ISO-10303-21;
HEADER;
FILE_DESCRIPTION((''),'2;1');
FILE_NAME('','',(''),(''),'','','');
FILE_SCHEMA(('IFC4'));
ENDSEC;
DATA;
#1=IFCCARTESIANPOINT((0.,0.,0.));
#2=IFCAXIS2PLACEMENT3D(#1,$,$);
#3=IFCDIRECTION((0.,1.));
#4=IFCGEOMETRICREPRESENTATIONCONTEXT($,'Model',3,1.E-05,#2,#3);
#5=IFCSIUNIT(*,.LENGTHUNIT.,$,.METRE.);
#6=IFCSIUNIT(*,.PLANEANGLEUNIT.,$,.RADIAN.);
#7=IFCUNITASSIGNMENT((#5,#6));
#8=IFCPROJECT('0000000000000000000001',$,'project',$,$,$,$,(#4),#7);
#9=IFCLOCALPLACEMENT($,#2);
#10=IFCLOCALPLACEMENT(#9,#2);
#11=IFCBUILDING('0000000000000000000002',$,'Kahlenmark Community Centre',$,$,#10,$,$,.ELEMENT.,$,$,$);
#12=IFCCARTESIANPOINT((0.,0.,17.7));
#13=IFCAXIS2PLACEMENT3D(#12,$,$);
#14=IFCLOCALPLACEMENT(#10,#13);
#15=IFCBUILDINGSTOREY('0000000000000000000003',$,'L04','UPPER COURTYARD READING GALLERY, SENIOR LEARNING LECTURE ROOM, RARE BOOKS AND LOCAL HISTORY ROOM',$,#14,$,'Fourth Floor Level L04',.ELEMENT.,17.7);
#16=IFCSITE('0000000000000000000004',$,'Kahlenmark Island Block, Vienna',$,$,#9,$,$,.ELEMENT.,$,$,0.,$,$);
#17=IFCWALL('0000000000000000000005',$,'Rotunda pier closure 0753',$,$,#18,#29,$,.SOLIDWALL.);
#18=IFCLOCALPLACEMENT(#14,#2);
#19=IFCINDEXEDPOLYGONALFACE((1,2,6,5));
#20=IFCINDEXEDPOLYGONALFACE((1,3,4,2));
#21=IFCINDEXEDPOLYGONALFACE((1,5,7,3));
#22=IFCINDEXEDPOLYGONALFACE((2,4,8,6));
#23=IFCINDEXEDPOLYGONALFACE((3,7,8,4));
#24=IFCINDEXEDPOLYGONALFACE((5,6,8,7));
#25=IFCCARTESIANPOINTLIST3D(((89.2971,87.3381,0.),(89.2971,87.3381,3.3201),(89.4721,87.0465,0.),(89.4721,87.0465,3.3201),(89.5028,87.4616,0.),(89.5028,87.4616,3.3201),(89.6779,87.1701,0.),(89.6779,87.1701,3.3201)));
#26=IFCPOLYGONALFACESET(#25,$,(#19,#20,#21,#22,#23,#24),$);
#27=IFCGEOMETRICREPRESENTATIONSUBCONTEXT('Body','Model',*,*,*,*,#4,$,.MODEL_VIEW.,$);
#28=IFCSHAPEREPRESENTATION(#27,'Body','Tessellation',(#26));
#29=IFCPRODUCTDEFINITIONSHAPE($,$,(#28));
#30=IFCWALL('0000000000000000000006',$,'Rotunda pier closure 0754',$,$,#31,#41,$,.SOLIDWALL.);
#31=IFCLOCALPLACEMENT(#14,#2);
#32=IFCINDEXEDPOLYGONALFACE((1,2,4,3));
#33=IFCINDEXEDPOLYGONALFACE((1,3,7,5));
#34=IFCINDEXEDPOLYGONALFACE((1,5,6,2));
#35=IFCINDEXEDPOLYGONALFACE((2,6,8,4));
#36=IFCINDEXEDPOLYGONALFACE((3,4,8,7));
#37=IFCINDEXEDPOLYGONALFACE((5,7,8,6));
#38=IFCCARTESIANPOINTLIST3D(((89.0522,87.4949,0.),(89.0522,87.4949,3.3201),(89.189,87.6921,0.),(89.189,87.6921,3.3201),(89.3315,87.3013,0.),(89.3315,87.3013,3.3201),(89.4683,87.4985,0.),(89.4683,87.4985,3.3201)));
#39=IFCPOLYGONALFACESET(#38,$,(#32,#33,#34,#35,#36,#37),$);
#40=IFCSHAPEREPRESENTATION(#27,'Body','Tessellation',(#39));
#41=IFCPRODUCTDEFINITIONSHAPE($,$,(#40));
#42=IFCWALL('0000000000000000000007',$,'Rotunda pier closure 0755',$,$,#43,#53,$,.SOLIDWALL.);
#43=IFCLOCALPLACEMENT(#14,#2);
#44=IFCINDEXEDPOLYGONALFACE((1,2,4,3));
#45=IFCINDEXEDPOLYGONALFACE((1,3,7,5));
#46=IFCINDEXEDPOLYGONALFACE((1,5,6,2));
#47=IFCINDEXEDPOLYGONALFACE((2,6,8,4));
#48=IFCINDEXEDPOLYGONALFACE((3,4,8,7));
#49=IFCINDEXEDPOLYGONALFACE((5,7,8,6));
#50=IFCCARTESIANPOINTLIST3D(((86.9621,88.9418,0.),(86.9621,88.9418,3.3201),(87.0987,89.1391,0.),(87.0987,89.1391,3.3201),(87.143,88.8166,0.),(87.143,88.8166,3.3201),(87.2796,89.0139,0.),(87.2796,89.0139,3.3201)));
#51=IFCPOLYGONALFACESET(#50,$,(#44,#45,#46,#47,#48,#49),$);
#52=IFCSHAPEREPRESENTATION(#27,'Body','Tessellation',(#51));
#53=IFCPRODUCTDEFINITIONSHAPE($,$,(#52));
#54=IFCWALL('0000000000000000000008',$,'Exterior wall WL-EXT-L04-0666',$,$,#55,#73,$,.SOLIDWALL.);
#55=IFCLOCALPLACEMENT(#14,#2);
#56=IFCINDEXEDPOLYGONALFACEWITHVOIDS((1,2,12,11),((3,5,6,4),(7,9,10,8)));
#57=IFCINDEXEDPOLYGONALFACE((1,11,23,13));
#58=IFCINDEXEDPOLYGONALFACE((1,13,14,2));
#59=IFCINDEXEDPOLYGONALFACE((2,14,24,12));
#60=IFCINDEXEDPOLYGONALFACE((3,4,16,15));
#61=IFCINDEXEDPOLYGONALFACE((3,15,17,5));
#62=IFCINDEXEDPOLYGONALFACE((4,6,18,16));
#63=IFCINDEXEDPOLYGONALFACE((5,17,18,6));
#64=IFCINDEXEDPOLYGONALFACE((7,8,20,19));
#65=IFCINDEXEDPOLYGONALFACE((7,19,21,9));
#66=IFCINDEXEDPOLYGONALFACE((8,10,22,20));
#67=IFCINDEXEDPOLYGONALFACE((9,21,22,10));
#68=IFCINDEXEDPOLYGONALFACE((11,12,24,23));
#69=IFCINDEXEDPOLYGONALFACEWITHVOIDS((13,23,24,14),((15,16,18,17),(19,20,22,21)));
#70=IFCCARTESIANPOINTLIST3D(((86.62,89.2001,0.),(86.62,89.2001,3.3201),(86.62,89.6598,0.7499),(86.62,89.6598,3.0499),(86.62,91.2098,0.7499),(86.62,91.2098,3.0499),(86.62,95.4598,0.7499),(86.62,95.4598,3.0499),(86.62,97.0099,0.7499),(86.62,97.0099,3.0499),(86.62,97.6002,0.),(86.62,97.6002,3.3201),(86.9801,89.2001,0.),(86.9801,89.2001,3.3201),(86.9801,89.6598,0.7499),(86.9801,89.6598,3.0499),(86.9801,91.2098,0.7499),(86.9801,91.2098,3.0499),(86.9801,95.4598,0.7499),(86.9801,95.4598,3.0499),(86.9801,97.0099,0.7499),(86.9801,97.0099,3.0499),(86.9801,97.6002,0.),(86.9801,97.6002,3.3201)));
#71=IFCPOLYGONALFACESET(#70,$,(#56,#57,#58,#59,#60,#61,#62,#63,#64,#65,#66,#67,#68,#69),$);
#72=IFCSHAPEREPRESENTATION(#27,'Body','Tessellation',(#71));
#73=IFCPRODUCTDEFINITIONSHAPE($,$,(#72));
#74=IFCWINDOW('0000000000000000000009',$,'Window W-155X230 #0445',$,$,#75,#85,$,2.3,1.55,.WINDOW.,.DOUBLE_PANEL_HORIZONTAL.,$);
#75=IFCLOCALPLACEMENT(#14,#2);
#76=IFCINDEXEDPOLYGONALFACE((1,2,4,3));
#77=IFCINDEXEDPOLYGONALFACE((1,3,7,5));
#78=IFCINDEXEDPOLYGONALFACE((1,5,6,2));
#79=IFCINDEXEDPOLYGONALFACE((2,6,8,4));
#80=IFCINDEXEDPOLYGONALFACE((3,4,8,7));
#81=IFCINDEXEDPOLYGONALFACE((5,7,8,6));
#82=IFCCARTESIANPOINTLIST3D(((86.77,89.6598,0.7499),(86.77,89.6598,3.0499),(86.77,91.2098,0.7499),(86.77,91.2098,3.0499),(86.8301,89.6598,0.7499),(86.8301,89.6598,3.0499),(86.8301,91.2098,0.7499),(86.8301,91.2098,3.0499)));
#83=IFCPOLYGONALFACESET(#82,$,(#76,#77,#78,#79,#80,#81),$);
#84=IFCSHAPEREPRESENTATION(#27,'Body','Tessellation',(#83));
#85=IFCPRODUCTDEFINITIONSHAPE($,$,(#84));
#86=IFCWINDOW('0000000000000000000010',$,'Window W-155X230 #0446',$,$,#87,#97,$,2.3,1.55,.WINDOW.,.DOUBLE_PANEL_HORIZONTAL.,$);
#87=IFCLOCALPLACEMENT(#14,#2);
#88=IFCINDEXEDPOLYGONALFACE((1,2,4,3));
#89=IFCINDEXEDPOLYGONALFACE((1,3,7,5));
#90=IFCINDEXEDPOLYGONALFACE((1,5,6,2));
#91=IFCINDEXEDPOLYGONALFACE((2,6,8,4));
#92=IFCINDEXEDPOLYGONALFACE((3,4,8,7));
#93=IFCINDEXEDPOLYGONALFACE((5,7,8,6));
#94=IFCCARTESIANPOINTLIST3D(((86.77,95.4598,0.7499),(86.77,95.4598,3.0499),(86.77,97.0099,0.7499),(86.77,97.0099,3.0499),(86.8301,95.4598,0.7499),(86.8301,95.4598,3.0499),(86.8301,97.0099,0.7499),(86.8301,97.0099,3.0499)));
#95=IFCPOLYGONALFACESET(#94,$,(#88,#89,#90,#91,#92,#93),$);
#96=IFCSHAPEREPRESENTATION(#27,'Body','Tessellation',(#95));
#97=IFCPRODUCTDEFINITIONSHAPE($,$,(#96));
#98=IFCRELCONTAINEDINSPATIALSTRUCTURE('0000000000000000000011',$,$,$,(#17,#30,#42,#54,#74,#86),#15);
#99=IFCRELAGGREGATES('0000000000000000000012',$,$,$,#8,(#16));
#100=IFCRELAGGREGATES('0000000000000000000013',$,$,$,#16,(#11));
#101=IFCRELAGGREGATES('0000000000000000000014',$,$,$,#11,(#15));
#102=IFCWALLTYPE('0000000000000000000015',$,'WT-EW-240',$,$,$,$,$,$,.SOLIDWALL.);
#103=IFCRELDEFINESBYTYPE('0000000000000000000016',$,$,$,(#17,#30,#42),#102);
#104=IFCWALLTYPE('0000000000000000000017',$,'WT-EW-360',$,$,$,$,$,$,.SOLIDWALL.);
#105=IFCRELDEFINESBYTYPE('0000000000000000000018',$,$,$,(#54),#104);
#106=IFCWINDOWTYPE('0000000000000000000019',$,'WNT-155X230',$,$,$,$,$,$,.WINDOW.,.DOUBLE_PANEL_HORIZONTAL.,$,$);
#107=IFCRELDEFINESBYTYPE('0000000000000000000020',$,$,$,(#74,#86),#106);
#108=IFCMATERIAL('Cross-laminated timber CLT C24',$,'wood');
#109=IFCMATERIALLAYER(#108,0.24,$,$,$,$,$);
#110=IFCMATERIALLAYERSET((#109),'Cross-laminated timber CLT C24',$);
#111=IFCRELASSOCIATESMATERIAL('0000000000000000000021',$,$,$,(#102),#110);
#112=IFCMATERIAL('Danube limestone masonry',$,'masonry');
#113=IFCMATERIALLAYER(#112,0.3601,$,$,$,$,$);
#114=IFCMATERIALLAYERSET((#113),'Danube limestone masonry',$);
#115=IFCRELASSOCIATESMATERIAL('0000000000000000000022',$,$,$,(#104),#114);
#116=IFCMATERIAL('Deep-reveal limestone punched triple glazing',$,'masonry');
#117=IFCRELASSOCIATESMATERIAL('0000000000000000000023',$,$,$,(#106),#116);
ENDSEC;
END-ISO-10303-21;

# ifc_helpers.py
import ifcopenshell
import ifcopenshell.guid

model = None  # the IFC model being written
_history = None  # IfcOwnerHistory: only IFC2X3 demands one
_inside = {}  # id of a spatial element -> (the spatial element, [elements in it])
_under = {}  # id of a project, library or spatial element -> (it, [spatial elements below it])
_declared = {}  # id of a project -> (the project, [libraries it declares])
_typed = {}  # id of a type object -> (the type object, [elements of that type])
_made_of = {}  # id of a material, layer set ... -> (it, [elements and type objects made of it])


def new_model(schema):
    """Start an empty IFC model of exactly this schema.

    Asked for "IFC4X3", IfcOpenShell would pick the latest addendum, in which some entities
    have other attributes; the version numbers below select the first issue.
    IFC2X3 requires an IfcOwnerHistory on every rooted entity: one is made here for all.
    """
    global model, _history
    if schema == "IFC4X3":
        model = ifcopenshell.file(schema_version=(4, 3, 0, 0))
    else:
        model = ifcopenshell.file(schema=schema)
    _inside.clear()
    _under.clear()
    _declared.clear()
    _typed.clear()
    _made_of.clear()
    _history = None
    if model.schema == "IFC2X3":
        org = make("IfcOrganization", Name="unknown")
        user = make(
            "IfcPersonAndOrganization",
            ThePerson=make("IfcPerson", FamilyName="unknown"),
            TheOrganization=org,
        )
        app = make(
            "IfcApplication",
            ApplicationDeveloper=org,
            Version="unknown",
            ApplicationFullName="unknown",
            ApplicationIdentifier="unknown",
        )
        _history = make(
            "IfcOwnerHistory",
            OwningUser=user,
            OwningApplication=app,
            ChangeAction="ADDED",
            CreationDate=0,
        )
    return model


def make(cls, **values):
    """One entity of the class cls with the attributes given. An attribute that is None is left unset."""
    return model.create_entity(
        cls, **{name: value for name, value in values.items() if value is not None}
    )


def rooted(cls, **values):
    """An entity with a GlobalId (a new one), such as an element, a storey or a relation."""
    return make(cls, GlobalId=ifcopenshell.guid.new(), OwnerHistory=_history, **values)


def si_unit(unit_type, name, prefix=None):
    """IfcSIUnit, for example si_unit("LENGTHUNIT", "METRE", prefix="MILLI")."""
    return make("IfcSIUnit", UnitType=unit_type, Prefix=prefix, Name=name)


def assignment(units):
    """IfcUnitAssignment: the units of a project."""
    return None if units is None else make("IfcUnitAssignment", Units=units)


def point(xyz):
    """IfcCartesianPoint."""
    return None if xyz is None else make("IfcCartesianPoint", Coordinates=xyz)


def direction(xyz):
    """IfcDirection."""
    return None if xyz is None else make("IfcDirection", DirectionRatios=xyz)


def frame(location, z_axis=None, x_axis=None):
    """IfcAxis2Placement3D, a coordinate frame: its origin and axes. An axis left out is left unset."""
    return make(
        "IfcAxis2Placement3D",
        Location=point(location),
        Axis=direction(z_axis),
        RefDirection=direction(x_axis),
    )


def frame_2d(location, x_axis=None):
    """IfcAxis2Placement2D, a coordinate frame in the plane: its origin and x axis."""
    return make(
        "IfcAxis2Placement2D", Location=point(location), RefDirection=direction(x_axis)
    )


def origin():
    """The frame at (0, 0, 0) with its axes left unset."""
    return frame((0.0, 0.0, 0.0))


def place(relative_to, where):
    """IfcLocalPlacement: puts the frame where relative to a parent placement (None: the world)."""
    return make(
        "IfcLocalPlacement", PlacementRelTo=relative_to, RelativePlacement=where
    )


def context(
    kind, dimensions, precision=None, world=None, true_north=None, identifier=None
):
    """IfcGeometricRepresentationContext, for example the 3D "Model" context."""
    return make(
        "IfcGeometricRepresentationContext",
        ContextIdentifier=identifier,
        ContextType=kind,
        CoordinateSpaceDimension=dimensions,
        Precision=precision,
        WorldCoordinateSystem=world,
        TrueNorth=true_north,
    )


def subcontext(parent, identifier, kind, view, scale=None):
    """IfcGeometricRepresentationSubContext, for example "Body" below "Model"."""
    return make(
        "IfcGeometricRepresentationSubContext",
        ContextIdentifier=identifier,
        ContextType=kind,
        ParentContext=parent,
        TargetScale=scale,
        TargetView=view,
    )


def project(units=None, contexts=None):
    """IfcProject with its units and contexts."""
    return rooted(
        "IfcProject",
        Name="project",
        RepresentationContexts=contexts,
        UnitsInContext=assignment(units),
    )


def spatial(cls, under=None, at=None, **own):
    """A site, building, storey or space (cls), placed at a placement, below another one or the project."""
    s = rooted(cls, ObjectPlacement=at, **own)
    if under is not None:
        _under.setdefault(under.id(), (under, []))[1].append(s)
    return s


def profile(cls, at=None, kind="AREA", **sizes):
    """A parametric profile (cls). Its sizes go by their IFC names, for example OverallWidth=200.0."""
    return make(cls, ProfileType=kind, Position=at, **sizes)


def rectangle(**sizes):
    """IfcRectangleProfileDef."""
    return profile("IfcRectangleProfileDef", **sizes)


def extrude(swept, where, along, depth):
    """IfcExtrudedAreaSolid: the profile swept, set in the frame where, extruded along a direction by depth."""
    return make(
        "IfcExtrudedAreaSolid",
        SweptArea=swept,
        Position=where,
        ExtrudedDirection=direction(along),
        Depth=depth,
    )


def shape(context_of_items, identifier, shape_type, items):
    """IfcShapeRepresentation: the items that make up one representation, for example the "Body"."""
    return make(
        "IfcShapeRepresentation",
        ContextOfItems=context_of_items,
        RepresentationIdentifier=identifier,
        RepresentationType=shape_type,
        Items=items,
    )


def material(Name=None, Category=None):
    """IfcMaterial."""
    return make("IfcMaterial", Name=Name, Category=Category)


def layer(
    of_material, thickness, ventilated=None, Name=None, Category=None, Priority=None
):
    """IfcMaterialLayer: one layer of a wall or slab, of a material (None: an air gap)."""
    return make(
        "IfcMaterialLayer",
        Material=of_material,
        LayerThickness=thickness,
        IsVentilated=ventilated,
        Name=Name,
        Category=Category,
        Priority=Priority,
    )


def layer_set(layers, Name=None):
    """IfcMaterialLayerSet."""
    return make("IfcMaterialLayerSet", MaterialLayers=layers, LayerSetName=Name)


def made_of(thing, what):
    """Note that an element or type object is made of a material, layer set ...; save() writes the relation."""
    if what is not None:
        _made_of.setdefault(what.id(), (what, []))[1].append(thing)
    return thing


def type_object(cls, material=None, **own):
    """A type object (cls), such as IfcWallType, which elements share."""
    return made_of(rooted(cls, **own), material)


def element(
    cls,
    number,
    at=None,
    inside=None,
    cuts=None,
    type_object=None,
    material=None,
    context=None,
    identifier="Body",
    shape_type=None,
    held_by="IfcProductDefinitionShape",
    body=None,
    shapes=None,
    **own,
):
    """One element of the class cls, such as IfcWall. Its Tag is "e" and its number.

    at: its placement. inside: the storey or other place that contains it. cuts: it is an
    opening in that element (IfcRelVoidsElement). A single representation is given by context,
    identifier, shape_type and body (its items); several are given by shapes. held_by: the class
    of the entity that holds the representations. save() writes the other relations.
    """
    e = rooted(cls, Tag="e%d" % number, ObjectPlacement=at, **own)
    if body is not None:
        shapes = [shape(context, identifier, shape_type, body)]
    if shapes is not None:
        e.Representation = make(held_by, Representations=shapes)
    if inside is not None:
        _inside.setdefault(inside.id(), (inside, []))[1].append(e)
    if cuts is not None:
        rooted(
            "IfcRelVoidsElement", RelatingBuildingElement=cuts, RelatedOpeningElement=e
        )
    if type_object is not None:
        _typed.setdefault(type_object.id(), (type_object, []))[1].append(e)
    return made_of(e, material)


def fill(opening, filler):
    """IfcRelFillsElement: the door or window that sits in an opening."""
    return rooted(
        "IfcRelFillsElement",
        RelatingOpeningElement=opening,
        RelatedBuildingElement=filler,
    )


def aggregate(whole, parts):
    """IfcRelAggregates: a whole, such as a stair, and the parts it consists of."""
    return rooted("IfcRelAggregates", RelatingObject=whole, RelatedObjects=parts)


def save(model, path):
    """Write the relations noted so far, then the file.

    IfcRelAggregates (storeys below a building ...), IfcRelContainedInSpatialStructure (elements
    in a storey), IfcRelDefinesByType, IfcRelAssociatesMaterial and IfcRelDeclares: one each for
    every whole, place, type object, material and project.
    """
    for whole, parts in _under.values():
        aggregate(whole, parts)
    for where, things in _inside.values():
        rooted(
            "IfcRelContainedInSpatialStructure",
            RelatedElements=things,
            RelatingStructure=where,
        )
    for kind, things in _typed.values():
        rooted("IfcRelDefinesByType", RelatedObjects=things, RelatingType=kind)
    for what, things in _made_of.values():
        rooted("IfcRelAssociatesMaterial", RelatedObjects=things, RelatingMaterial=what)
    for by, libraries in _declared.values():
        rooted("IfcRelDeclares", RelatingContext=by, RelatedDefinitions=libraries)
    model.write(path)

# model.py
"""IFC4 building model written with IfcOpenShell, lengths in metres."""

from ifc_helpers import new_model, si_unit, direction, frame, frame_2d, origin, place, context, subcontext, project, spatial, rectangle, extrude, material, layer, layer_set, type_object, element, fill, save


model = new_model("IFC4")

# Units and contexts
model_context = context("Model", 3, precision=1e-05, world=origin(), true_north=direction((0.0, 1.0)))
body_context = subcontext(model_context, "Body", "Model", "MODEL_VIEW")
ifc_project = project(units=[si_unit("LENGTHUNIT", "METRE"), si_unit("PLANEANGLEUNIT", "RADIAN")], contexts=[model_context])

# Site, building, storey
site_placement = place(None, origin())
site = spatial("IfcSite", under=ifc_project, at=site_placement, Name="Kahlenmark Island Block, Vienna", CompositionType="ELEMENT", RefElevation=0.0)
building_placement = place(site_placement, origin())
building = spatial("IfcBuilding", under=site, at=building_placement, Name="Kahlenmark Community Centre", CompositionType="ELEMENT")
storey_placement = place(building_placement, frame((0.0, 0.0, 17.7)))
storey = spatial("IfcBuildingStorey", under=building, at=storey_placement, Name="L04", Description="UPPER COURTYARD READING GALLERY, SENIOR LEARNING LECTURE ROOM, RARE BOOKS AND LOCAL HISTORY ROOM", LongName="Fourth Floor Level L04", CompositionType="ELEMENT", Elevation=17.7)

# Walls
ifc_material_1 = material(Name="Cross-laminated timber CLT C24", Category="wood")
ifc_layer_1 = layer(ifc_material_1, 0.24)
ifc_layer_set_1 = layer_set([ifc_layer_1], Name="Cross-laminated timber CLT C24")
wall_type_1 = type_object("IfcWallType", Name="WT-EW-240", PredefinedType="SOLIDWALL", material=ifc_layer_set_1)
wall_1_placement = place(storey_placement, frame((89.575, 87.1084, 0.0), z_axis=(0.0, 0.0, 1.0), x_axis=(-0.514812, 0.857303, 0.0)))
element("IfcWall", 1, at=wall_1_placement, inside=storey, type_object=wall_type_1, Name="Rotunda pier closure 0753", PredefinedType="SOLIDWALL", context=body_context, shape_type="SweptSolid", body=[
    extrude(rectangle(XDim=0.3401, YDim=0.24, at=frame_2d((0.1699, 0.0))), origin(), (0.0, 0.0, 1.0), 3.3201),
])
wall_2_placement = place(storey_placement, frame((89.3999, 87.3999, 0.0), z_axis=(0.0, 0.0, 1.0), x_axis=(-0.821856, 0.569696, 0.0)))
element("IfcWall", 2, at=wall_2_placement, inside=storey, type_object=wall_type_1, Name="Rotunda pier closure 0754", PredefinedType="SOLIDWALL", context=body_context, shape_type="SweptSolid", body=[
    extrude(rectangle(XDim=0.3398, YDim=0.24, at=frame_2d((0.1699, 0.0))), origin(), (0.0, 0.0, 1.0), 3.3201),
])
wall_3_placement = place(storey_placement, frame((87.2112, 88.9153, 0.0), z_axis=(0.0, 0.0, 1.0), x_axis=(-0.822192, 0.56921, 0.0)))
element("IfcWall", 3, at=wall_3_placement, inside=storey, type_object=wall_type_1, Name="Rotunda pier closure 0755", PredefinedType="SOLIDWALL", context=body_context, shape_type="SweptSolid", body=[
    extrude(rectangle(XDim=0.22, YDim=0.24, at=frame_2d((0.1099, 0.0))), origin(), (0.0, 0.0, 1.0), 3.3201),
])

# Wall, openings, windows
ifc_material_2 = material(Name="Danube limestone masonry", Category="masonry")
ifc_layer_2 = layer(ifc_material_2, 0.3601)
ifc_layer_set_2 = layer_set([ifc_layer_2], Name="Danube limestone masonry")
wall_type_2 = type_object("IfcWallType", Name="WT-EW-360", PredefinedType="SOLIDWALL", material=ifc_layer_set_2)
wall_4_placement = place(storey_placement, frame((86.8, 89.2, 0.0), z_axis=(0.0, 0.0, 1.0), x_axis=(0.0, 1.0, 0.0)))
wall_4 = element("IfcWall", 4, at=wall_4_placement, inside=storey, type_object=wall_type_2, Name="Exterior wall WL-EXT-L04-0666", PredefinedType="SOLIDWALL", context=body_context, shape_type="SweptSolid", body=[
    extrude(rectangle(XDim=8.4001, YDim=0.3601, at=frame_2d((4.2002, 0.0))), origin(), (0.0, 0.0, 1.0), 3.3201),
])
opening_1_placement = place(wall_4_placement, frame((0.46, 0.0, 0.75)))
opening_1 = element("IfcOpeningElement", 5, at=opening_1_placement, cuts=wall_4, PredefinedType="OPENING", context=body_context, shape_type="SweptSolid", body=[
    extrude(rectangle(XDim=1.55, YDim=2.3, at=frame_2d((0.7749, 1.1499))), frame((0.0, 0.1899, 0.0), z_axis=(0.0, -1.0, 0.0), x_axis=(1.0, 0.0, 0.0)), (0.0, 0.0, 1.0), 0.3801),
])
opening_2_placement = place(wall_4_placement, frame((6.26, 0.0, 0.75)))
opening_2 = element("IfcOpeningElement", 6, at=opening_2_placement, cuts=wall_4, PredefinedType="OPENING", context=body_context, shape_type="SweptSolid", body=[
    extrude(rectangle(XDim=1.55, YDim=2.3, at=frame_2d((0.7749, 1.1499))), frame((0.0, 0.1899, 0.0), z_axis=(0.0, -1.0, 0.0), x_axis=(1.0, 0.0, 0.0)), (0.0, 0.0, 1.0), 0.3801),
])
ifc_material_3 = material(Name="Deep-reveal limestone punched triple glazing", Category="masonry")
window_type = type_object("IfcWindowType", Name="WNT-155X230", PartitioningType="DOUBLE_PANEL_HORIZONTAL", PredefinedType="WINDOW", material=ifc_material_3)
window_1_placement = place(opening_1_placement, origin())
window_1 = element("IfcWindow", 7, at=window_1_placement, inside=storey, type_object=window_type, Name="Window W-155X230 #0445", OverallHeight=2.3, OverallWidth=1.55, PartitioningType="DOUBLE_PANEL_HORIZONTAL", PredefinedType="WINDOW", context=body_context, shape_type="SweptSolid", body=[
    extrude(rectangle(XDim=1.55, YDim=2.3, at=frame_2d((0.7749, 1.1499))), frame((0.0, 0.03, 0.0), z_axis=(0.0, -1.0, 0.0), x_axis=(1.0, 0.0, 0.0)), (0.0, 0.0, 1.0), 0.0601),
])
fill(opening_1, window_1)
window_2_placement = place(opening_2_placement, origin())
window_2 = element("IfcWindow", 8, at=window_2_placement, inside=storey, type_object=window_type, Name="Window W-155X230 #0446", OverallHeight=2.3, OverallWidth=1.55, PartitioningType="DOUBLE_PANEL_HORIZONTAL", PredefinedType="WINDOW", context=body_context, shape_type="SweptSolid", body=[
    extrude(rectangle(XDim=1.55, YDim=2.3, at=frame_2d((0.7749, 1.1499))), frame((0.0, 0.03, 0.0), z_axis=(0.0, -1.0, 0.0), x_axis=(1.0, 0.0, 0.0)), (0.0, 0.0, 1.0), 0.0601),
])
fill(opening_2, window_2)

save(model, "model.ifc")
